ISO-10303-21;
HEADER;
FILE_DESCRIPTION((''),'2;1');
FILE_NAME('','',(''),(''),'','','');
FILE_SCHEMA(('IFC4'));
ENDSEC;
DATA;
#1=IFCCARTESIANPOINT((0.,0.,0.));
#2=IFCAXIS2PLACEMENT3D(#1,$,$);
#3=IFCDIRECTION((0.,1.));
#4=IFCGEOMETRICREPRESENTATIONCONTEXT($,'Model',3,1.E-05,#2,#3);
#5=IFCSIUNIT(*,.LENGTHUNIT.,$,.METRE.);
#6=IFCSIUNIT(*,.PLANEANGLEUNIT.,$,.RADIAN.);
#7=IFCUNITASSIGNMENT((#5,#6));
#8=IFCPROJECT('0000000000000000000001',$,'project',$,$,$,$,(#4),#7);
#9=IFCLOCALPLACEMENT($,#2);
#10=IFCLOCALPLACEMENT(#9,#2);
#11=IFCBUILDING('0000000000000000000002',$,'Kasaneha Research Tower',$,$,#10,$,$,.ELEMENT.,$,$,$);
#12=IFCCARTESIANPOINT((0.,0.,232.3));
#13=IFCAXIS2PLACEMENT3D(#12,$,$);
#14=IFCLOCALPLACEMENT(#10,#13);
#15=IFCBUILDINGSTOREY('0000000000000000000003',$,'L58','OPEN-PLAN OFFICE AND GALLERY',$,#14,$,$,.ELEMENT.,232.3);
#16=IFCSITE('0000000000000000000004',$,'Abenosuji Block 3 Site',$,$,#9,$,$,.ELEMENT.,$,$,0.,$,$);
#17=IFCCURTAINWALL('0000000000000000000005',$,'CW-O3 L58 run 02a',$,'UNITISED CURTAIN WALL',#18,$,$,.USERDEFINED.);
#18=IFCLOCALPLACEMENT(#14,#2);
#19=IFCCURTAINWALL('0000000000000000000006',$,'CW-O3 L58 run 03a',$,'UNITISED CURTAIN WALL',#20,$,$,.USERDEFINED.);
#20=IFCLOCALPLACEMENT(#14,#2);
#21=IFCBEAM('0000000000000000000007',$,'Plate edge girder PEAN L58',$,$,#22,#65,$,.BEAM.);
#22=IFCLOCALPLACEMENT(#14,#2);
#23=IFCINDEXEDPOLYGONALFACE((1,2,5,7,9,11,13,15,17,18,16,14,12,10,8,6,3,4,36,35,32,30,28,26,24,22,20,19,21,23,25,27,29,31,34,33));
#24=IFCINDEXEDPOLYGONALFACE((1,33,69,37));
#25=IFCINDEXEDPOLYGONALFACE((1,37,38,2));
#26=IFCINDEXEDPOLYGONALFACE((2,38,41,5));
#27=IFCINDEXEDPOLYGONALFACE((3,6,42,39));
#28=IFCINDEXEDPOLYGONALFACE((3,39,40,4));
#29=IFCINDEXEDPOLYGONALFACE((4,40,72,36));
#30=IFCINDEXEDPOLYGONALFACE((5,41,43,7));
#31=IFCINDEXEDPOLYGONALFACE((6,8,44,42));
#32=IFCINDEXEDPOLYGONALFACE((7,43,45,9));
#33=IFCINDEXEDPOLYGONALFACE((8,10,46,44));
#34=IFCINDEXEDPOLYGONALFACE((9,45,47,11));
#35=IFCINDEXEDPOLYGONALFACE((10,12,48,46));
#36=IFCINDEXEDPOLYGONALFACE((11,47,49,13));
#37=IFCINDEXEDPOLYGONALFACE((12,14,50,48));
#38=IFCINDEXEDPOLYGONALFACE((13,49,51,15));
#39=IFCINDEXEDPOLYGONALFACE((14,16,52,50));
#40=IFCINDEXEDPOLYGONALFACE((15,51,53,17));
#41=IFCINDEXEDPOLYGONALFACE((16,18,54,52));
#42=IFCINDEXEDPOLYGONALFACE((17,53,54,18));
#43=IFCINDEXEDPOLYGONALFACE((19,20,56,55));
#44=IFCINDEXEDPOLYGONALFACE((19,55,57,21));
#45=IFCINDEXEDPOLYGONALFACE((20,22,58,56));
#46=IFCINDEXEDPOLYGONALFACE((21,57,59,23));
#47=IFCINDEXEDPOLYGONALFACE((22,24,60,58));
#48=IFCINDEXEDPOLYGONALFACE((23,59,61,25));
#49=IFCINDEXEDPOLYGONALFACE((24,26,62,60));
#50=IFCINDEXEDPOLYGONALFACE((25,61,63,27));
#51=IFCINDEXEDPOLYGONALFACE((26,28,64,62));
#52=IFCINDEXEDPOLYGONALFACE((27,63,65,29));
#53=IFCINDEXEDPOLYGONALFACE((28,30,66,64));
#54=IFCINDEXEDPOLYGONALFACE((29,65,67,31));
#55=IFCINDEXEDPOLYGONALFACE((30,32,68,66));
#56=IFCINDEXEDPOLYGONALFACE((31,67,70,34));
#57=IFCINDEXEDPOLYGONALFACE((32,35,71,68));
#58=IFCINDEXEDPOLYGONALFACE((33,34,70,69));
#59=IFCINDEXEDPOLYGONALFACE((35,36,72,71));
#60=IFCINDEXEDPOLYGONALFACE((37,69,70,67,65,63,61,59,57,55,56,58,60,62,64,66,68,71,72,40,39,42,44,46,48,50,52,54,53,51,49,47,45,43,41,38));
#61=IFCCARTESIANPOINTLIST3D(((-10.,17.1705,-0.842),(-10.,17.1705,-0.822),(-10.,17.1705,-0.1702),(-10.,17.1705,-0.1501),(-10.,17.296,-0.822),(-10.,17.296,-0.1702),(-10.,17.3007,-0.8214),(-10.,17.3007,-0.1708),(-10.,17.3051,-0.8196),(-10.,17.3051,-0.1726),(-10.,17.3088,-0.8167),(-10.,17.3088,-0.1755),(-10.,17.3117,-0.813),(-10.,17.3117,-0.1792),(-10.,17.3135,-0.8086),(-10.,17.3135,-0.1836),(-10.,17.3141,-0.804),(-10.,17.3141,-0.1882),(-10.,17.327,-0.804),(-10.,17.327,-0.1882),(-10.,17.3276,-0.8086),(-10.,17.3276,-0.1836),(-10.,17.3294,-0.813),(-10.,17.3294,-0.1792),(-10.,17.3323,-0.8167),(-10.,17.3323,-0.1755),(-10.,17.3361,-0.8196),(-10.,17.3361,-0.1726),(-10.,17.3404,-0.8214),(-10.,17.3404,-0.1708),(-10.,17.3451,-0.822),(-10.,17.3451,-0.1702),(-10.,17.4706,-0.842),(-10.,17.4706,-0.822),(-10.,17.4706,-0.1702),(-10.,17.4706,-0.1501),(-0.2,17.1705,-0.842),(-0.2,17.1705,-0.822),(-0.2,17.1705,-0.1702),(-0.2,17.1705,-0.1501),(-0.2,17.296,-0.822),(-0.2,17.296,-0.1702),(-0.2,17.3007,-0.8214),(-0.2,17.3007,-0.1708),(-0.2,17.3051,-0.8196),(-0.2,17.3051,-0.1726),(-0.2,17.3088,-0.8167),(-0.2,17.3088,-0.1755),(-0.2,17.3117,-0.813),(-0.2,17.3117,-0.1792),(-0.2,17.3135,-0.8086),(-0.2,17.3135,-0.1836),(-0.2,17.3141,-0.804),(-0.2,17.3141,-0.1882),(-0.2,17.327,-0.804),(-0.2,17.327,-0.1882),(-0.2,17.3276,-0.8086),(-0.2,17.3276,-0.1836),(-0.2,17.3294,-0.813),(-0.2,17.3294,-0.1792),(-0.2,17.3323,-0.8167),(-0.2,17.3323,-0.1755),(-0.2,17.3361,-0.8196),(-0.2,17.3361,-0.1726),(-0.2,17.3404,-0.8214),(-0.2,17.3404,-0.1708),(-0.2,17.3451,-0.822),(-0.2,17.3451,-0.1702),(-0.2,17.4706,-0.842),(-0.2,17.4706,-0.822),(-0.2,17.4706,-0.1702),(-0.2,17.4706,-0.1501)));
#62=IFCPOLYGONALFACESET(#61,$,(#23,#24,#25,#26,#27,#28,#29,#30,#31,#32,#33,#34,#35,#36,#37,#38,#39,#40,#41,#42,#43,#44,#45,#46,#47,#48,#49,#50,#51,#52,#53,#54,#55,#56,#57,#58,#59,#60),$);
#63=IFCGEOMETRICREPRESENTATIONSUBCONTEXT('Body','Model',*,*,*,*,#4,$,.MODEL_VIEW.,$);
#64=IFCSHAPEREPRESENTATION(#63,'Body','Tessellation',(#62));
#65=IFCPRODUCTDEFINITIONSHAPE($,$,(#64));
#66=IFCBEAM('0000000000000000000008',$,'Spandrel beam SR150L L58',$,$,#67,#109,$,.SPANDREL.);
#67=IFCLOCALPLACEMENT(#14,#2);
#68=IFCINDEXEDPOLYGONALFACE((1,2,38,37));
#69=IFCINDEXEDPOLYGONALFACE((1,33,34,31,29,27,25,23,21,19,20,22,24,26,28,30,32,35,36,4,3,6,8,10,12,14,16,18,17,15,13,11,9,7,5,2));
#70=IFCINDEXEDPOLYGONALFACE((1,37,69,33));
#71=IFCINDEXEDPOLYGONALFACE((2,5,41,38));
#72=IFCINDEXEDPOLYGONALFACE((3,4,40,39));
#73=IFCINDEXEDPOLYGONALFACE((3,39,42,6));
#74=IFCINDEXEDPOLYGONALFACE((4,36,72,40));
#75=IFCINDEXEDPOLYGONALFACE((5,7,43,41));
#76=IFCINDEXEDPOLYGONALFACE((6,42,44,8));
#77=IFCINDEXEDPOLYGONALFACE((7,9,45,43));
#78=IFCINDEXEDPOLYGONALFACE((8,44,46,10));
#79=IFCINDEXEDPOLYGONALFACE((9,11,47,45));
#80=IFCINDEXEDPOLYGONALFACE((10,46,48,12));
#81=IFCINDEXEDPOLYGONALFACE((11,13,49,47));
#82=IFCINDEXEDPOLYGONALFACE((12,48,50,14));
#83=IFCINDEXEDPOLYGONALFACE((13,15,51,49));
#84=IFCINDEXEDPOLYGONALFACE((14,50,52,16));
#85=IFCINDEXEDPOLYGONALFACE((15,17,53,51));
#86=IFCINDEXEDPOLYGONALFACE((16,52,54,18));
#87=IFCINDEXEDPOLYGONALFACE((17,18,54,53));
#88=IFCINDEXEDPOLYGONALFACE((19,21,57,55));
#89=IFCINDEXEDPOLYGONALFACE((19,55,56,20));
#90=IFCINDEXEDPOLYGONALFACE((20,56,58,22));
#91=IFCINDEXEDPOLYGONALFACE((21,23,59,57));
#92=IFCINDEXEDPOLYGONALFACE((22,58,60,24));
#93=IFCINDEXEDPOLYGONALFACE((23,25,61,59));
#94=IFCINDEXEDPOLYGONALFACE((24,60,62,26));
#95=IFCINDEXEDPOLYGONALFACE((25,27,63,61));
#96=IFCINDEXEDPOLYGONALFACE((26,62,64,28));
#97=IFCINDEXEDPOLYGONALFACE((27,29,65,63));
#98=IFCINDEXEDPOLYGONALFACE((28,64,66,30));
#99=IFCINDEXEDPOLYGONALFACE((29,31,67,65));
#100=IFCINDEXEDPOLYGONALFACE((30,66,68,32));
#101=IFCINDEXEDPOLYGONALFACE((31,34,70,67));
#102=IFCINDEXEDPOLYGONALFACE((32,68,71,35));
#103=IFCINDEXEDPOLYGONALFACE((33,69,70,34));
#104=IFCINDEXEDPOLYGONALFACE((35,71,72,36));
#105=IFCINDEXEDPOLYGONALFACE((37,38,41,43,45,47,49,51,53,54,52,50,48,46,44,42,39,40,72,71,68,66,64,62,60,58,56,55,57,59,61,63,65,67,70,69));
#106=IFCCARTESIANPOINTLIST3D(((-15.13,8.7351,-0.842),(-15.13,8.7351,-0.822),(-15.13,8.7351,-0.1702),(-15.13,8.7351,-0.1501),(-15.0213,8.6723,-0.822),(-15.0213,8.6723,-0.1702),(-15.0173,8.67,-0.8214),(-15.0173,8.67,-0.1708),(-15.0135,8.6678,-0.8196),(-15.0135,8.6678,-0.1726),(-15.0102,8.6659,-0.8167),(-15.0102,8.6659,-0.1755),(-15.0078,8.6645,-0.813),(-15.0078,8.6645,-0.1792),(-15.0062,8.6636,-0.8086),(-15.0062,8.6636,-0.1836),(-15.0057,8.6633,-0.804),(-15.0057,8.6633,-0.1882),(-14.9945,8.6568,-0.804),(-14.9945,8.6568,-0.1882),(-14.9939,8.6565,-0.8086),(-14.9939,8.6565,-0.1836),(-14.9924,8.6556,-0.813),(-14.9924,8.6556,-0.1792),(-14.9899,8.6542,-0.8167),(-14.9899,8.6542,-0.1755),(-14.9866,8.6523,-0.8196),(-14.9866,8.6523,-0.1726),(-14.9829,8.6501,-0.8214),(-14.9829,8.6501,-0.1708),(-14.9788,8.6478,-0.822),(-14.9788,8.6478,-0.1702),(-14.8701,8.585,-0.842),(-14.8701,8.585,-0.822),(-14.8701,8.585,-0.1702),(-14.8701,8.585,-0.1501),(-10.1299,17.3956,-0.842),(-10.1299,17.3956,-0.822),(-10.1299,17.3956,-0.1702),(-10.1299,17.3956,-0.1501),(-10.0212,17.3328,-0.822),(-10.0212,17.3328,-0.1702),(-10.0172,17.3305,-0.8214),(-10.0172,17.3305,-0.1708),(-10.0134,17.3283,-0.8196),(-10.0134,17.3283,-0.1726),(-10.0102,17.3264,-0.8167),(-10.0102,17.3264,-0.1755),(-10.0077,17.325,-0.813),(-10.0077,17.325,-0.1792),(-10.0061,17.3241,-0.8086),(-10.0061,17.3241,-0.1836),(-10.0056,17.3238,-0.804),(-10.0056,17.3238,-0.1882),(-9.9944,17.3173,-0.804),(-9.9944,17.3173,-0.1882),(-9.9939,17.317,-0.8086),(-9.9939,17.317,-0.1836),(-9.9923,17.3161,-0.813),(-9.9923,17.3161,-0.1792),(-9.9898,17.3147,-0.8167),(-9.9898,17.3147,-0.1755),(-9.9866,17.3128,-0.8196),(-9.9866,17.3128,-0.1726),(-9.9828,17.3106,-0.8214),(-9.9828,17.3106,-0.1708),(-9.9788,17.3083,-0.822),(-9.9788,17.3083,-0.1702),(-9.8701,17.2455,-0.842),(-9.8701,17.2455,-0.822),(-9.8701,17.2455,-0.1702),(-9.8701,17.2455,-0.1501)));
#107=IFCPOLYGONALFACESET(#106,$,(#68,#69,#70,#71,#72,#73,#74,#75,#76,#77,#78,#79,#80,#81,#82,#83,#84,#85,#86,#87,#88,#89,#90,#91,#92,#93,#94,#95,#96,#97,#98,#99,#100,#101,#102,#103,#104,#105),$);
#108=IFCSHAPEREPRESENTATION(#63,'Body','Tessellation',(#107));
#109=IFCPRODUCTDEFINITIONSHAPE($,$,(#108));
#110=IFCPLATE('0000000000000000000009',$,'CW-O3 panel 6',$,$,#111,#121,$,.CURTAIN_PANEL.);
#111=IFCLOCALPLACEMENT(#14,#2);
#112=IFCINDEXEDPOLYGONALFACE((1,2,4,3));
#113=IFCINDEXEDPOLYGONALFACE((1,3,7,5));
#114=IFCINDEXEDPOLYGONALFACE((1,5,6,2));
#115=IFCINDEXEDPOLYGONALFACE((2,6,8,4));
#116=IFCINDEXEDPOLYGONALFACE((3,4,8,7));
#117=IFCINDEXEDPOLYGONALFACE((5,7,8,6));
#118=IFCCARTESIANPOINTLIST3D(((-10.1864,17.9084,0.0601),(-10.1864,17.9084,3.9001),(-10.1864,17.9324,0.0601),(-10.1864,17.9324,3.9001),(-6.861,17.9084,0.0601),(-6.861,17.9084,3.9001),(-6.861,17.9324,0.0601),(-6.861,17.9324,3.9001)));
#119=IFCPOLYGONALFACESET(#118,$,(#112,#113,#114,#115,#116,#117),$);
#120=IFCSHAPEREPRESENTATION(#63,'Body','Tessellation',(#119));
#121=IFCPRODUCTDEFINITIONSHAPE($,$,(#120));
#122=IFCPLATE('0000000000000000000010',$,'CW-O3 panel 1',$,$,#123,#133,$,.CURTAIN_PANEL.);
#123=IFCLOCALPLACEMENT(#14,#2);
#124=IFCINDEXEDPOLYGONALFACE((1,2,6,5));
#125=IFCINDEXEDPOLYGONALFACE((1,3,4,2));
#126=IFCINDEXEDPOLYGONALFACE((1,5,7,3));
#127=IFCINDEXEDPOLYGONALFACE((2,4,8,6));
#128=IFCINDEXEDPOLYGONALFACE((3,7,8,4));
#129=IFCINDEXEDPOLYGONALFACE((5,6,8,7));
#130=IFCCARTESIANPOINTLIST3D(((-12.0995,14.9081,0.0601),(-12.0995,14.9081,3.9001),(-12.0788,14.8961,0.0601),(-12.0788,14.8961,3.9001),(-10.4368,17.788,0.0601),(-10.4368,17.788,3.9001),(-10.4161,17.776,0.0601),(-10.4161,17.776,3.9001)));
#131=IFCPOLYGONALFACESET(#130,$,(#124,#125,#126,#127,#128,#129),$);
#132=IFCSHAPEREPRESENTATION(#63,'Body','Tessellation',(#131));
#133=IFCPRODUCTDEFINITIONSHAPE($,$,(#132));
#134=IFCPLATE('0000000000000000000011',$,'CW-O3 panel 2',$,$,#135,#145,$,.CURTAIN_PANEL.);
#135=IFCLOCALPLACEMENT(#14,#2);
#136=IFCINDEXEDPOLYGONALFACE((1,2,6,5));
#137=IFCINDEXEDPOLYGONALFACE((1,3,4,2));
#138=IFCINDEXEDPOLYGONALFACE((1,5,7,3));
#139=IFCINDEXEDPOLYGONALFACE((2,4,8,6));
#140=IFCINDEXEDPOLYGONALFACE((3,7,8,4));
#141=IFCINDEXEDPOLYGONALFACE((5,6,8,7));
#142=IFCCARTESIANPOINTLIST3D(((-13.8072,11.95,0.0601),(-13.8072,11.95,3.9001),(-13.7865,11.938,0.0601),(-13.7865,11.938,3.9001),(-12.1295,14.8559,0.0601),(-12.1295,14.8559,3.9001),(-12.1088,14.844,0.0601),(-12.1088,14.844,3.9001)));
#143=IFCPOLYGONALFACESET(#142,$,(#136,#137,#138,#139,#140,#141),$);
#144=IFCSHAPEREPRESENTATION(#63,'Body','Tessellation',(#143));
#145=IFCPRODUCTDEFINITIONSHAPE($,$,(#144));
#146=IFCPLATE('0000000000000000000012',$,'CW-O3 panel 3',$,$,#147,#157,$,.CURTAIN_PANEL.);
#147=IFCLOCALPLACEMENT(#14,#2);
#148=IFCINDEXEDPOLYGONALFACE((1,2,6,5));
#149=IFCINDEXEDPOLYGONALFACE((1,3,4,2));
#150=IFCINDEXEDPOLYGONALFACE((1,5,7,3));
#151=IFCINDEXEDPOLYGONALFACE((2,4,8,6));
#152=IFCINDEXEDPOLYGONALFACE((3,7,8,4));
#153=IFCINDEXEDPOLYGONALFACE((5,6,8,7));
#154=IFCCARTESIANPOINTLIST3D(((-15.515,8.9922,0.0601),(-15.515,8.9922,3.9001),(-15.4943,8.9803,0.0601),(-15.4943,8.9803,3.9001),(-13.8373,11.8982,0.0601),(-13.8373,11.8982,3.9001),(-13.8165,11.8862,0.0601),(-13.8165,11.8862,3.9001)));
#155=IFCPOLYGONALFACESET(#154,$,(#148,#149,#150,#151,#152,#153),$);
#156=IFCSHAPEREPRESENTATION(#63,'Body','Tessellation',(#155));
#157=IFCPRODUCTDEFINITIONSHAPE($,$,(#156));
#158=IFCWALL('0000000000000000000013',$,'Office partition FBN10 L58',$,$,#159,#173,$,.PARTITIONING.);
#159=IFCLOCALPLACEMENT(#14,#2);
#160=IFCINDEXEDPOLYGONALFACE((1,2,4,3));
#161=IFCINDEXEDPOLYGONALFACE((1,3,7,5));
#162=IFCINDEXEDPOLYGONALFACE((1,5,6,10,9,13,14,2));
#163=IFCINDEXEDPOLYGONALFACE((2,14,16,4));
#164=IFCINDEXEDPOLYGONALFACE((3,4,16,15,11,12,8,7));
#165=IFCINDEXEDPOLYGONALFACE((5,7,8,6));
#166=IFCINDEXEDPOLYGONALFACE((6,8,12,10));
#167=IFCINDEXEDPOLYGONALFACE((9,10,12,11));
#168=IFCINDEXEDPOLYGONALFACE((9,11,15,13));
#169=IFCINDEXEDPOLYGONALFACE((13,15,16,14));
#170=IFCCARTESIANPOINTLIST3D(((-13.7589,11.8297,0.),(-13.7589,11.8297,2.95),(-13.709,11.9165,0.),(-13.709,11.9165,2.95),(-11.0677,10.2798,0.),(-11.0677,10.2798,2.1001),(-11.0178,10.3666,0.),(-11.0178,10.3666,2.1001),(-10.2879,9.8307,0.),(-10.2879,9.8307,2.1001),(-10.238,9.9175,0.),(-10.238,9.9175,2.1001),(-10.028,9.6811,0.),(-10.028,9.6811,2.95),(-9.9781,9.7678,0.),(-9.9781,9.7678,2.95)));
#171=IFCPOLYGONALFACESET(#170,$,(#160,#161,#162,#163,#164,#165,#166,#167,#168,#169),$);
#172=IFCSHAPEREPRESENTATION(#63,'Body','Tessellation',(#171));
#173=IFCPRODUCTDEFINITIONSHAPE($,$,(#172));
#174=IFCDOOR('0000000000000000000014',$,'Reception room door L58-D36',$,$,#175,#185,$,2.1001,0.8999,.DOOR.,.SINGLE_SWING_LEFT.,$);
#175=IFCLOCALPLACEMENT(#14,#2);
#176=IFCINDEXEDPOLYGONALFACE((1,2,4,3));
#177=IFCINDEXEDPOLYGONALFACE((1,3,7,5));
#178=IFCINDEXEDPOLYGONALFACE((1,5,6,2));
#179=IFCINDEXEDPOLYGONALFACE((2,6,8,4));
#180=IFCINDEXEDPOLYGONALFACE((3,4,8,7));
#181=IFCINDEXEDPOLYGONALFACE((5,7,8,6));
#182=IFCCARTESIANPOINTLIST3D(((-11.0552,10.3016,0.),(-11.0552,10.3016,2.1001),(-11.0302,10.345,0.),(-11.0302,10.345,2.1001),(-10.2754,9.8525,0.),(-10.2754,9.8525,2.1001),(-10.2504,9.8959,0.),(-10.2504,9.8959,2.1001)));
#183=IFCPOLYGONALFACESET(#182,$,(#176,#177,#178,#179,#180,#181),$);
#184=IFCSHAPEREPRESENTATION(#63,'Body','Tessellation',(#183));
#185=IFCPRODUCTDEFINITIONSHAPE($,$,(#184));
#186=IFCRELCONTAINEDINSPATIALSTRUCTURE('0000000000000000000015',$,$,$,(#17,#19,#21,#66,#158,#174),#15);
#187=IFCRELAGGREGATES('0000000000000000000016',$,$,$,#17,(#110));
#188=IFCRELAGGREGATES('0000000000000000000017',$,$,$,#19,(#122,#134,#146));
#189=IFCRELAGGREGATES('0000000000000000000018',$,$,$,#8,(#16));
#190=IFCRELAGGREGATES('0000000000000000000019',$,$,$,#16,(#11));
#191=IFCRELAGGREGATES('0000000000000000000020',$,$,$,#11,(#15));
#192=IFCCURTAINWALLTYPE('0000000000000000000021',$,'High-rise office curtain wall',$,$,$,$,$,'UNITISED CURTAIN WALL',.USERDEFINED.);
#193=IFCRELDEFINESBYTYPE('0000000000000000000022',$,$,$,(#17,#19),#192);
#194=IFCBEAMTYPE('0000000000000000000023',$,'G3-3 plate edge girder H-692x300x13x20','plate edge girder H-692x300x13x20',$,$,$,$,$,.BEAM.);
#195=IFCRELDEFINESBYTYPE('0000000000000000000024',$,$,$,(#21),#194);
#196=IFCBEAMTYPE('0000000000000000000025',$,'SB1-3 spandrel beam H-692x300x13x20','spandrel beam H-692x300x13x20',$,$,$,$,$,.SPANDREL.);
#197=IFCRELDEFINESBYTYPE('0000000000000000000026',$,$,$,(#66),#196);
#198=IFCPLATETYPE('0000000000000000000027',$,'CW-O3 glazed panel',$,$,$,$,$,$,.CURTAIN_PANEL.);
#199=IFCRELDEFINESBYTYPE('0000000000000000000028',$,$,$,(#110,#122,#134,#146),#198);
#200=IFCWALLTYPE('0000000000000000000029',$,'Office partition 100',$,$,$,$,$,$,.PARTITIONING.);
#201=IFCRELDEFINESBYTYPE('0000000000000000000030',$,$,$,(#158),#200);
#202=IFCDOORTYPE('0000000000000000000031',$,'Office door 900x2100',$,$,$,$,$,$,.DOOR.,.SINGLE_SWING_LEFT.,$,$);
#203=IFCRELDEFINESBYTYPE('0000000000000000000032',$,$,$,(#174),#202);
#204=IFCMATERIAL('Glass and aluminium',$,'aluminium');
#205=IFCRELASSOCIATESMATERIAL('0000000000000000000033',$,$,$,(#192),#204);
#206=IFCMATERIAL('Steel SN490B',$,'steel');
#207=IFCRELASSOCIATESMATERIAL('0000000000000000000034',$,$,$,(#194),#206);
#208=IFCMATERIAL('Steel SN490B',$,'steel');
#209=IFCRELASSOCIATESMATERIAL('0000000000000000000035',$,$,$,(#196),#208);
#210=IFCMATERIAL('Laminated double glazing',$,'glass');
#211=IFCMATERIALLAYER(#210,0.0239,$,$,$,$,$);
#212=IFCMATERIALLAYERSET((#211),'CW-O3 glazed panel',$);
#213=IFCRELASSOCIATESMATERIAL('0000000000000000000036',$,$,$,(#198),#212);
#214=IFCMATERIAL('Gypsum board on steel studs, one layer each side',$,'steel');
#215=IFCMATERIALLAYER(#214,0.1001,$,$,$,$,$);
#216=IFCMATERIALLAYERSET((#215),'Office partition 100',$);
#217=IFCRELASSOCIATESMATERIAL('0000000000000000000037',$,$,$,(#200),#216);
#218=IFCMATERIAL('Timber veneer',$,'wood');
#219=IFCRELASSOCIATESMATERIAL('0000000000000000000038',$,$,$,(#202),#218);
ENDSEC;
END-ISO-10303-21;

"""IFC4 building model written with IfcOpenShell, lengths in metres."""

from ifc_helpers import new_model, si_unit, direction, frame, frame_2d, origin, origin_2d, place, context, subcontext, project, spatial, rectangle, i_section, extrude, material, layer, layer_set, material_profile, profile_set, type_object, element, fill, aggregate, save


model = new_model("IFC4")

# Units and contexts
model_context = context("Model", 3, precision=1e-05, world=origin(), true_north=direction((0.0, 1.0)))
body_context = subcontext(model_context, "Body", "Model", "MODEL_VIEW")
ifc_project = project(units=[si_unit("LENGTHUNIT", "METRE"), si_unit("PLANEANGLEUNIT", "RADIAN")], contexts=[model_context])

# Site, building, storey
site_placement = place(None, origin())
site = spatial("IfcSite", under=ifc_project, at=site_placement, Name="Abenosuji Block 3 Site", CompositionType="ELEMENT", RefElevation=0.0)
building_placement = place(site_placement, origin())
building = spatial("IfcBuilding", under=site, at=building_placement, Name="Kasaneha Research Tower", CompositionType="ELEMENT")
storey_placement = place(building_placement, frame((0.0, 0.0, 232.3)))
storey = spatial("IfcBuildingStorey", under=building, at=storey_placement, Name="L58", Description="OPEN-PLAN OFFICE AND GALLERY", CompositionType="ELEMENT", Elevation=232.3)

# Curtain walls
ifc_material_1 = material(Name="Glass and aluminium", Category="aluminium")
curtain_wall_type = type_object("IfcCurtainWallType", Name="High-rise office curtain wall", ElementType="UNITISED CURTAIN WALL", PredefinedType="USERDEFINED", material=ifc_material_1)
curtain_wall_1_placement = place(storey_placement, origin())
curtain_wall_1 = element("IfcCurtainWall", 1, at=curtain_wall_1_placement, inside=storey, type_object=curtain_wall_type, Name="CW-O3 L58 run 02a", ObjectType="UNITISED CURTAIN WALL", PredefinedType="USERDEFINED")
curtain_wall_2_placement = place(storey_placement, origin())
curtain_wall_2 = element("IfcCurtainWall", 2, at=curtain_wall_2_placement, inside=storey, type_object=curtain_wall_type, Name="CW-O3 L58 run 03a", ObjectType="UNITISED CURTAIN WALL", PredefinedType="USERDEFINED")

# Beams
ifc_material_2 = material(Name="Steel SN490B", Category="steel")
ifc_material_profile_1 = material_profile(ifc_material_2, i_section(OverallWidth=0.3, OverallDepth=0.6919, WebThickness=0.0129, FlangeThickness=0.02, FilletRadius=0.0181, at=origin_2d()), Name="H-692x300x13x20")
ifc_profile_set_1 = profile_set([ifc_material_profile_1], Name="Steel SN490B")
beam_type_1 = type_object("IfcBeamType", Name="G3-3 plate edge girder H-692x300x13x20", Description="plate edge girder H-692x300x13x20", PredefinedType="BEAM", material=ifc_profile_set_1)
beam_1_placement = place(storey_placement, frame((-10.0, 17.3206, -0.4961), z_axis=(1.0, 0.0, 0.0), x_axis=(0.0, 1.0, 0.0)))
element("IfcBeam", 3, at=beam_1_placement, inside=storey, type_object=beam_type_1, Name="Plate edge girder PEAN L58", PredefinedType="BEAM", context=body_context, shape_type="SweptSolid", body=[
    extrude(i_section(OverallWidth=0.3, OverallDepth=0.6919, WebThickness=0.0129, FlangeThickness=0.02, FilletRadius=0.0181, at=origin_2d()), origin(), (0.0, 0.0, 1.0), 9.8),
])
ifc_material_3 = material(Name="Steel SN490B", Category="steel")
ifc_material_profile_2 = material_profile(ifc_material_3, i_section(OverallWidth=0.3, OverallDepth=0.6919, WebThickness=0.0129, FlangeThickness=0.02, FilletRadius=0.0181, at=origin_2d()), Name="H-692x300x13x20")
ifc_profile_set_2 = profile_set([ifc_material_profile_2], Name="Steel SN490B")
beam_type_2 = type_object("IfcBeamType", Name="SB1-3 spandrel beam H-692x300x13x20", Description="spandrel beam H-692x300x13x20", PredefinedType="SPANDREL", material=ifc_profile_set_2)
beam_2_placement = place(storey_placement, frame((-10.0, 17.3206, -0.4961), z_axis=(-0.499994, -0.866029, 0.0), x_axis=(0.866029, -0.499994, 0.0)))
element("IfcBeam", 4, at=beam_2_placement, inside=storey, type_object=beam_type_2, Name="Spandrel beam SR150L L58", PredefinedType="SPANDREL", context=body_context, shape_type="SweptSolid", body=[
    extrude(i_section(OverallWidth=0.3, OverallDepth=0.6919, WebThickness=0.0129, FlangeThickness=0.02, FilletRadius=0.0181, at=origin_2d()), origin(), (0.0, 0.0, 1.0), 10.0002),
])

# Plates
ifc_material_4 = material(Name="Laminated double glazing", Category="glass")
ifc_layer_1 = layer(ifc_material_4, 0.0239)
ifc_layer_set_1 = layer_set([ifc_layer_1], Name="CW-O3 glazed panel")
plate_type = type_object("IfcPlateType", Name="CW-O3 glazed panel", PredefinedType="CURTAIN_PANEL", material=ifc_layer_set_1)
plate_1_placement = place(storey_placement, frame((-8.5237, 17.9204, 0.0601), z_axis=(0.0, 0.0, 1.0), x_axis=(-1.0, 0.0, 0.0)))
plate_1 = element("IfcPlate", 5, at=plate_1_placement, type_object=plate_type, Name="CW-O3 panel 6", PredefinedType="CURTAIN_PANEL", context=body_context, shape_type="SweptSolid", body=[
    extrude(rectangle(XDim=3.3254, YDim=0.0239, at=origin_2d()), origin(), (0.0, 0.0, 1.0), 3.8401),
])
aggregate(curtain_wall_1, [plate_1])
plate_2_placement = place(storey_placement, frame((-11.2578, 16.342, 0.0601), z_axis=(0.0, 0.0, 1.0), x_axis=(-0.5, -0.866025, 0.0)))
plate_2 = element("IfcPlate", 6, at=plate_2_placement, type_object=plate_type, Name="CW-O3 panel 1", PredefinedType="CURTAIN_PANEL", context=body_context, shape_type="SweptSolid", body=[
    extrude(rectangle(XDim=3.3254, YDim=0.0239, at=origin_2d()), origin(), (0.0, 0.0, 1.0), 3.8401),
])
plate_3_placement = place(storey_placement, frame((-12.958, 13.397, 0.0601), z_axis=(0.0, 0.0, 1.0), x_axis=(-0.5, -0.866025, 0.0)))
plate_3 = element("IfcPlate", 7, at=plate_3_placement, type_object=plate_type, Name="CW-O3 panel 2", PredefinedType="CURTAIN_PANEL", context=body_context, shape_type="SweptSolid", body=[
    extrude(rectangle(XDim=3.3555, YDim=0.0239, at=origin_2d()), origin(), (0.0, 0.0, 1.0), 3.8401),
])
plate_4_placement = place(storey_placement, frame((-14.6658, 10.4392, 0.0601), z_axis=(0.0, 0.0, 1.0), x_axis=(-0.5, -0.866025, 0.0)))
plate_4 = element("IfcPlate", 8, at=plate_4_placement, type_object=plate_type, Name="CW-O3 panel 3", PredefinedType="CURTAIN_PANEL", context=body_context, shape_type="SweptSolid", body=[
    extrude(rectangle(XDim=3.3555, YDim=0.0239, at=origin_2d()), origin(), (0.0, 0.0, 1.0), 3.8401),
])
aggregate(curtain_wall_2, [plate_2, plate_3, plate_4])

# Wall, opening, door
ifc_material_5 = material(Name="Gypsum board on steel studs, one layer each side", Category="steel")
ifc_layer_2 = layer(ifc_material_5, 0.1001)
ifc_layer_set_2 = layer_set([ifc_layer_2], Name="Office partition 100")
wall_type_1 = type_object("IfcWallType", Name="Office partition 100", PredefinedType="PARTITIONING", material=ifc_layer_set_2)
wall_1_placement = place(storey_placement, frame((-10.0029, 9.7244, 0.0), z_axis=(0.0, 0.0, 1.0), x_axis=(-0.866567, 0.499061, 0.0)))
wall_1 = element("IfcWall", 9, at=wall_1_placement, inside=storey, type_object=wall_type_1, Name="Office partition FBN10 L58", PredefinedType="PARTITIONING", context=body_context, shape_type="SweptSolid", body=[
    extrude(rectangle(XDim=4.3054, YDim=0.1001, at=frame_2d((2.1528, 0.0))), origin(), (0.0, 0.0, 1.0), 2.95),
])
opening_1_placement = place(wall_1_placement, frame((0.3, 0.0, 0.0)))
opening_1 = element("IfcOpeningElement", 10, at=opening_1_placement, cuts=wall_1, PredefinedType="OPENING", context=body_context, shape_type="SweptSolid", body=[
    extrude(rectangle(XDim=0.8999, YDim=2.1001, at=frame_2d((0.45, 1.05))), frame((0.0, 0.0601, 0.0), z_axis=(0.0, -1.0, 0.0), x_axis=(1.0, 0.0, 0.0)), (0.0, 0.0, 1.0), 0.1201),
])
ifc_material_6 = material(Name="Timber veneer", Category="wood")
door_type_1 = type_object("IfcDoorType", Name="Office door 900x2100", OperationType="SINGLE_SWING_LEFT", PredefinedType="DOOR", material=ifc_material_6)
door_1_placement = place(opening_1_placement, origin())
door_1 = element("IfcDoor", 11, at=door_1_placement, inside=storey, type_object=door_type_1, Name="Reception room door L58-D36", OperationType="SINGLE_SWING_LEFT", OverallHeight=2.1001, OverallWidth=0.8999, PredefinedType="DOOR", context=body_context, shape_type="SweptSolid", body=[
    extrude(rectangle(XDim=0.8999, YDim=2.1001, at=frame_2d((0.45, 1.05))), frame((0.0, 0.0249, 0.0), z_axis=(0.0, -1.0, 0.0), x_axis=(1.0, 0.0, 0.0)), (0.0, 0.0, 1.0), 0.05),
])
fill(opening_1, door_1)

save(model, "model.ifc")
